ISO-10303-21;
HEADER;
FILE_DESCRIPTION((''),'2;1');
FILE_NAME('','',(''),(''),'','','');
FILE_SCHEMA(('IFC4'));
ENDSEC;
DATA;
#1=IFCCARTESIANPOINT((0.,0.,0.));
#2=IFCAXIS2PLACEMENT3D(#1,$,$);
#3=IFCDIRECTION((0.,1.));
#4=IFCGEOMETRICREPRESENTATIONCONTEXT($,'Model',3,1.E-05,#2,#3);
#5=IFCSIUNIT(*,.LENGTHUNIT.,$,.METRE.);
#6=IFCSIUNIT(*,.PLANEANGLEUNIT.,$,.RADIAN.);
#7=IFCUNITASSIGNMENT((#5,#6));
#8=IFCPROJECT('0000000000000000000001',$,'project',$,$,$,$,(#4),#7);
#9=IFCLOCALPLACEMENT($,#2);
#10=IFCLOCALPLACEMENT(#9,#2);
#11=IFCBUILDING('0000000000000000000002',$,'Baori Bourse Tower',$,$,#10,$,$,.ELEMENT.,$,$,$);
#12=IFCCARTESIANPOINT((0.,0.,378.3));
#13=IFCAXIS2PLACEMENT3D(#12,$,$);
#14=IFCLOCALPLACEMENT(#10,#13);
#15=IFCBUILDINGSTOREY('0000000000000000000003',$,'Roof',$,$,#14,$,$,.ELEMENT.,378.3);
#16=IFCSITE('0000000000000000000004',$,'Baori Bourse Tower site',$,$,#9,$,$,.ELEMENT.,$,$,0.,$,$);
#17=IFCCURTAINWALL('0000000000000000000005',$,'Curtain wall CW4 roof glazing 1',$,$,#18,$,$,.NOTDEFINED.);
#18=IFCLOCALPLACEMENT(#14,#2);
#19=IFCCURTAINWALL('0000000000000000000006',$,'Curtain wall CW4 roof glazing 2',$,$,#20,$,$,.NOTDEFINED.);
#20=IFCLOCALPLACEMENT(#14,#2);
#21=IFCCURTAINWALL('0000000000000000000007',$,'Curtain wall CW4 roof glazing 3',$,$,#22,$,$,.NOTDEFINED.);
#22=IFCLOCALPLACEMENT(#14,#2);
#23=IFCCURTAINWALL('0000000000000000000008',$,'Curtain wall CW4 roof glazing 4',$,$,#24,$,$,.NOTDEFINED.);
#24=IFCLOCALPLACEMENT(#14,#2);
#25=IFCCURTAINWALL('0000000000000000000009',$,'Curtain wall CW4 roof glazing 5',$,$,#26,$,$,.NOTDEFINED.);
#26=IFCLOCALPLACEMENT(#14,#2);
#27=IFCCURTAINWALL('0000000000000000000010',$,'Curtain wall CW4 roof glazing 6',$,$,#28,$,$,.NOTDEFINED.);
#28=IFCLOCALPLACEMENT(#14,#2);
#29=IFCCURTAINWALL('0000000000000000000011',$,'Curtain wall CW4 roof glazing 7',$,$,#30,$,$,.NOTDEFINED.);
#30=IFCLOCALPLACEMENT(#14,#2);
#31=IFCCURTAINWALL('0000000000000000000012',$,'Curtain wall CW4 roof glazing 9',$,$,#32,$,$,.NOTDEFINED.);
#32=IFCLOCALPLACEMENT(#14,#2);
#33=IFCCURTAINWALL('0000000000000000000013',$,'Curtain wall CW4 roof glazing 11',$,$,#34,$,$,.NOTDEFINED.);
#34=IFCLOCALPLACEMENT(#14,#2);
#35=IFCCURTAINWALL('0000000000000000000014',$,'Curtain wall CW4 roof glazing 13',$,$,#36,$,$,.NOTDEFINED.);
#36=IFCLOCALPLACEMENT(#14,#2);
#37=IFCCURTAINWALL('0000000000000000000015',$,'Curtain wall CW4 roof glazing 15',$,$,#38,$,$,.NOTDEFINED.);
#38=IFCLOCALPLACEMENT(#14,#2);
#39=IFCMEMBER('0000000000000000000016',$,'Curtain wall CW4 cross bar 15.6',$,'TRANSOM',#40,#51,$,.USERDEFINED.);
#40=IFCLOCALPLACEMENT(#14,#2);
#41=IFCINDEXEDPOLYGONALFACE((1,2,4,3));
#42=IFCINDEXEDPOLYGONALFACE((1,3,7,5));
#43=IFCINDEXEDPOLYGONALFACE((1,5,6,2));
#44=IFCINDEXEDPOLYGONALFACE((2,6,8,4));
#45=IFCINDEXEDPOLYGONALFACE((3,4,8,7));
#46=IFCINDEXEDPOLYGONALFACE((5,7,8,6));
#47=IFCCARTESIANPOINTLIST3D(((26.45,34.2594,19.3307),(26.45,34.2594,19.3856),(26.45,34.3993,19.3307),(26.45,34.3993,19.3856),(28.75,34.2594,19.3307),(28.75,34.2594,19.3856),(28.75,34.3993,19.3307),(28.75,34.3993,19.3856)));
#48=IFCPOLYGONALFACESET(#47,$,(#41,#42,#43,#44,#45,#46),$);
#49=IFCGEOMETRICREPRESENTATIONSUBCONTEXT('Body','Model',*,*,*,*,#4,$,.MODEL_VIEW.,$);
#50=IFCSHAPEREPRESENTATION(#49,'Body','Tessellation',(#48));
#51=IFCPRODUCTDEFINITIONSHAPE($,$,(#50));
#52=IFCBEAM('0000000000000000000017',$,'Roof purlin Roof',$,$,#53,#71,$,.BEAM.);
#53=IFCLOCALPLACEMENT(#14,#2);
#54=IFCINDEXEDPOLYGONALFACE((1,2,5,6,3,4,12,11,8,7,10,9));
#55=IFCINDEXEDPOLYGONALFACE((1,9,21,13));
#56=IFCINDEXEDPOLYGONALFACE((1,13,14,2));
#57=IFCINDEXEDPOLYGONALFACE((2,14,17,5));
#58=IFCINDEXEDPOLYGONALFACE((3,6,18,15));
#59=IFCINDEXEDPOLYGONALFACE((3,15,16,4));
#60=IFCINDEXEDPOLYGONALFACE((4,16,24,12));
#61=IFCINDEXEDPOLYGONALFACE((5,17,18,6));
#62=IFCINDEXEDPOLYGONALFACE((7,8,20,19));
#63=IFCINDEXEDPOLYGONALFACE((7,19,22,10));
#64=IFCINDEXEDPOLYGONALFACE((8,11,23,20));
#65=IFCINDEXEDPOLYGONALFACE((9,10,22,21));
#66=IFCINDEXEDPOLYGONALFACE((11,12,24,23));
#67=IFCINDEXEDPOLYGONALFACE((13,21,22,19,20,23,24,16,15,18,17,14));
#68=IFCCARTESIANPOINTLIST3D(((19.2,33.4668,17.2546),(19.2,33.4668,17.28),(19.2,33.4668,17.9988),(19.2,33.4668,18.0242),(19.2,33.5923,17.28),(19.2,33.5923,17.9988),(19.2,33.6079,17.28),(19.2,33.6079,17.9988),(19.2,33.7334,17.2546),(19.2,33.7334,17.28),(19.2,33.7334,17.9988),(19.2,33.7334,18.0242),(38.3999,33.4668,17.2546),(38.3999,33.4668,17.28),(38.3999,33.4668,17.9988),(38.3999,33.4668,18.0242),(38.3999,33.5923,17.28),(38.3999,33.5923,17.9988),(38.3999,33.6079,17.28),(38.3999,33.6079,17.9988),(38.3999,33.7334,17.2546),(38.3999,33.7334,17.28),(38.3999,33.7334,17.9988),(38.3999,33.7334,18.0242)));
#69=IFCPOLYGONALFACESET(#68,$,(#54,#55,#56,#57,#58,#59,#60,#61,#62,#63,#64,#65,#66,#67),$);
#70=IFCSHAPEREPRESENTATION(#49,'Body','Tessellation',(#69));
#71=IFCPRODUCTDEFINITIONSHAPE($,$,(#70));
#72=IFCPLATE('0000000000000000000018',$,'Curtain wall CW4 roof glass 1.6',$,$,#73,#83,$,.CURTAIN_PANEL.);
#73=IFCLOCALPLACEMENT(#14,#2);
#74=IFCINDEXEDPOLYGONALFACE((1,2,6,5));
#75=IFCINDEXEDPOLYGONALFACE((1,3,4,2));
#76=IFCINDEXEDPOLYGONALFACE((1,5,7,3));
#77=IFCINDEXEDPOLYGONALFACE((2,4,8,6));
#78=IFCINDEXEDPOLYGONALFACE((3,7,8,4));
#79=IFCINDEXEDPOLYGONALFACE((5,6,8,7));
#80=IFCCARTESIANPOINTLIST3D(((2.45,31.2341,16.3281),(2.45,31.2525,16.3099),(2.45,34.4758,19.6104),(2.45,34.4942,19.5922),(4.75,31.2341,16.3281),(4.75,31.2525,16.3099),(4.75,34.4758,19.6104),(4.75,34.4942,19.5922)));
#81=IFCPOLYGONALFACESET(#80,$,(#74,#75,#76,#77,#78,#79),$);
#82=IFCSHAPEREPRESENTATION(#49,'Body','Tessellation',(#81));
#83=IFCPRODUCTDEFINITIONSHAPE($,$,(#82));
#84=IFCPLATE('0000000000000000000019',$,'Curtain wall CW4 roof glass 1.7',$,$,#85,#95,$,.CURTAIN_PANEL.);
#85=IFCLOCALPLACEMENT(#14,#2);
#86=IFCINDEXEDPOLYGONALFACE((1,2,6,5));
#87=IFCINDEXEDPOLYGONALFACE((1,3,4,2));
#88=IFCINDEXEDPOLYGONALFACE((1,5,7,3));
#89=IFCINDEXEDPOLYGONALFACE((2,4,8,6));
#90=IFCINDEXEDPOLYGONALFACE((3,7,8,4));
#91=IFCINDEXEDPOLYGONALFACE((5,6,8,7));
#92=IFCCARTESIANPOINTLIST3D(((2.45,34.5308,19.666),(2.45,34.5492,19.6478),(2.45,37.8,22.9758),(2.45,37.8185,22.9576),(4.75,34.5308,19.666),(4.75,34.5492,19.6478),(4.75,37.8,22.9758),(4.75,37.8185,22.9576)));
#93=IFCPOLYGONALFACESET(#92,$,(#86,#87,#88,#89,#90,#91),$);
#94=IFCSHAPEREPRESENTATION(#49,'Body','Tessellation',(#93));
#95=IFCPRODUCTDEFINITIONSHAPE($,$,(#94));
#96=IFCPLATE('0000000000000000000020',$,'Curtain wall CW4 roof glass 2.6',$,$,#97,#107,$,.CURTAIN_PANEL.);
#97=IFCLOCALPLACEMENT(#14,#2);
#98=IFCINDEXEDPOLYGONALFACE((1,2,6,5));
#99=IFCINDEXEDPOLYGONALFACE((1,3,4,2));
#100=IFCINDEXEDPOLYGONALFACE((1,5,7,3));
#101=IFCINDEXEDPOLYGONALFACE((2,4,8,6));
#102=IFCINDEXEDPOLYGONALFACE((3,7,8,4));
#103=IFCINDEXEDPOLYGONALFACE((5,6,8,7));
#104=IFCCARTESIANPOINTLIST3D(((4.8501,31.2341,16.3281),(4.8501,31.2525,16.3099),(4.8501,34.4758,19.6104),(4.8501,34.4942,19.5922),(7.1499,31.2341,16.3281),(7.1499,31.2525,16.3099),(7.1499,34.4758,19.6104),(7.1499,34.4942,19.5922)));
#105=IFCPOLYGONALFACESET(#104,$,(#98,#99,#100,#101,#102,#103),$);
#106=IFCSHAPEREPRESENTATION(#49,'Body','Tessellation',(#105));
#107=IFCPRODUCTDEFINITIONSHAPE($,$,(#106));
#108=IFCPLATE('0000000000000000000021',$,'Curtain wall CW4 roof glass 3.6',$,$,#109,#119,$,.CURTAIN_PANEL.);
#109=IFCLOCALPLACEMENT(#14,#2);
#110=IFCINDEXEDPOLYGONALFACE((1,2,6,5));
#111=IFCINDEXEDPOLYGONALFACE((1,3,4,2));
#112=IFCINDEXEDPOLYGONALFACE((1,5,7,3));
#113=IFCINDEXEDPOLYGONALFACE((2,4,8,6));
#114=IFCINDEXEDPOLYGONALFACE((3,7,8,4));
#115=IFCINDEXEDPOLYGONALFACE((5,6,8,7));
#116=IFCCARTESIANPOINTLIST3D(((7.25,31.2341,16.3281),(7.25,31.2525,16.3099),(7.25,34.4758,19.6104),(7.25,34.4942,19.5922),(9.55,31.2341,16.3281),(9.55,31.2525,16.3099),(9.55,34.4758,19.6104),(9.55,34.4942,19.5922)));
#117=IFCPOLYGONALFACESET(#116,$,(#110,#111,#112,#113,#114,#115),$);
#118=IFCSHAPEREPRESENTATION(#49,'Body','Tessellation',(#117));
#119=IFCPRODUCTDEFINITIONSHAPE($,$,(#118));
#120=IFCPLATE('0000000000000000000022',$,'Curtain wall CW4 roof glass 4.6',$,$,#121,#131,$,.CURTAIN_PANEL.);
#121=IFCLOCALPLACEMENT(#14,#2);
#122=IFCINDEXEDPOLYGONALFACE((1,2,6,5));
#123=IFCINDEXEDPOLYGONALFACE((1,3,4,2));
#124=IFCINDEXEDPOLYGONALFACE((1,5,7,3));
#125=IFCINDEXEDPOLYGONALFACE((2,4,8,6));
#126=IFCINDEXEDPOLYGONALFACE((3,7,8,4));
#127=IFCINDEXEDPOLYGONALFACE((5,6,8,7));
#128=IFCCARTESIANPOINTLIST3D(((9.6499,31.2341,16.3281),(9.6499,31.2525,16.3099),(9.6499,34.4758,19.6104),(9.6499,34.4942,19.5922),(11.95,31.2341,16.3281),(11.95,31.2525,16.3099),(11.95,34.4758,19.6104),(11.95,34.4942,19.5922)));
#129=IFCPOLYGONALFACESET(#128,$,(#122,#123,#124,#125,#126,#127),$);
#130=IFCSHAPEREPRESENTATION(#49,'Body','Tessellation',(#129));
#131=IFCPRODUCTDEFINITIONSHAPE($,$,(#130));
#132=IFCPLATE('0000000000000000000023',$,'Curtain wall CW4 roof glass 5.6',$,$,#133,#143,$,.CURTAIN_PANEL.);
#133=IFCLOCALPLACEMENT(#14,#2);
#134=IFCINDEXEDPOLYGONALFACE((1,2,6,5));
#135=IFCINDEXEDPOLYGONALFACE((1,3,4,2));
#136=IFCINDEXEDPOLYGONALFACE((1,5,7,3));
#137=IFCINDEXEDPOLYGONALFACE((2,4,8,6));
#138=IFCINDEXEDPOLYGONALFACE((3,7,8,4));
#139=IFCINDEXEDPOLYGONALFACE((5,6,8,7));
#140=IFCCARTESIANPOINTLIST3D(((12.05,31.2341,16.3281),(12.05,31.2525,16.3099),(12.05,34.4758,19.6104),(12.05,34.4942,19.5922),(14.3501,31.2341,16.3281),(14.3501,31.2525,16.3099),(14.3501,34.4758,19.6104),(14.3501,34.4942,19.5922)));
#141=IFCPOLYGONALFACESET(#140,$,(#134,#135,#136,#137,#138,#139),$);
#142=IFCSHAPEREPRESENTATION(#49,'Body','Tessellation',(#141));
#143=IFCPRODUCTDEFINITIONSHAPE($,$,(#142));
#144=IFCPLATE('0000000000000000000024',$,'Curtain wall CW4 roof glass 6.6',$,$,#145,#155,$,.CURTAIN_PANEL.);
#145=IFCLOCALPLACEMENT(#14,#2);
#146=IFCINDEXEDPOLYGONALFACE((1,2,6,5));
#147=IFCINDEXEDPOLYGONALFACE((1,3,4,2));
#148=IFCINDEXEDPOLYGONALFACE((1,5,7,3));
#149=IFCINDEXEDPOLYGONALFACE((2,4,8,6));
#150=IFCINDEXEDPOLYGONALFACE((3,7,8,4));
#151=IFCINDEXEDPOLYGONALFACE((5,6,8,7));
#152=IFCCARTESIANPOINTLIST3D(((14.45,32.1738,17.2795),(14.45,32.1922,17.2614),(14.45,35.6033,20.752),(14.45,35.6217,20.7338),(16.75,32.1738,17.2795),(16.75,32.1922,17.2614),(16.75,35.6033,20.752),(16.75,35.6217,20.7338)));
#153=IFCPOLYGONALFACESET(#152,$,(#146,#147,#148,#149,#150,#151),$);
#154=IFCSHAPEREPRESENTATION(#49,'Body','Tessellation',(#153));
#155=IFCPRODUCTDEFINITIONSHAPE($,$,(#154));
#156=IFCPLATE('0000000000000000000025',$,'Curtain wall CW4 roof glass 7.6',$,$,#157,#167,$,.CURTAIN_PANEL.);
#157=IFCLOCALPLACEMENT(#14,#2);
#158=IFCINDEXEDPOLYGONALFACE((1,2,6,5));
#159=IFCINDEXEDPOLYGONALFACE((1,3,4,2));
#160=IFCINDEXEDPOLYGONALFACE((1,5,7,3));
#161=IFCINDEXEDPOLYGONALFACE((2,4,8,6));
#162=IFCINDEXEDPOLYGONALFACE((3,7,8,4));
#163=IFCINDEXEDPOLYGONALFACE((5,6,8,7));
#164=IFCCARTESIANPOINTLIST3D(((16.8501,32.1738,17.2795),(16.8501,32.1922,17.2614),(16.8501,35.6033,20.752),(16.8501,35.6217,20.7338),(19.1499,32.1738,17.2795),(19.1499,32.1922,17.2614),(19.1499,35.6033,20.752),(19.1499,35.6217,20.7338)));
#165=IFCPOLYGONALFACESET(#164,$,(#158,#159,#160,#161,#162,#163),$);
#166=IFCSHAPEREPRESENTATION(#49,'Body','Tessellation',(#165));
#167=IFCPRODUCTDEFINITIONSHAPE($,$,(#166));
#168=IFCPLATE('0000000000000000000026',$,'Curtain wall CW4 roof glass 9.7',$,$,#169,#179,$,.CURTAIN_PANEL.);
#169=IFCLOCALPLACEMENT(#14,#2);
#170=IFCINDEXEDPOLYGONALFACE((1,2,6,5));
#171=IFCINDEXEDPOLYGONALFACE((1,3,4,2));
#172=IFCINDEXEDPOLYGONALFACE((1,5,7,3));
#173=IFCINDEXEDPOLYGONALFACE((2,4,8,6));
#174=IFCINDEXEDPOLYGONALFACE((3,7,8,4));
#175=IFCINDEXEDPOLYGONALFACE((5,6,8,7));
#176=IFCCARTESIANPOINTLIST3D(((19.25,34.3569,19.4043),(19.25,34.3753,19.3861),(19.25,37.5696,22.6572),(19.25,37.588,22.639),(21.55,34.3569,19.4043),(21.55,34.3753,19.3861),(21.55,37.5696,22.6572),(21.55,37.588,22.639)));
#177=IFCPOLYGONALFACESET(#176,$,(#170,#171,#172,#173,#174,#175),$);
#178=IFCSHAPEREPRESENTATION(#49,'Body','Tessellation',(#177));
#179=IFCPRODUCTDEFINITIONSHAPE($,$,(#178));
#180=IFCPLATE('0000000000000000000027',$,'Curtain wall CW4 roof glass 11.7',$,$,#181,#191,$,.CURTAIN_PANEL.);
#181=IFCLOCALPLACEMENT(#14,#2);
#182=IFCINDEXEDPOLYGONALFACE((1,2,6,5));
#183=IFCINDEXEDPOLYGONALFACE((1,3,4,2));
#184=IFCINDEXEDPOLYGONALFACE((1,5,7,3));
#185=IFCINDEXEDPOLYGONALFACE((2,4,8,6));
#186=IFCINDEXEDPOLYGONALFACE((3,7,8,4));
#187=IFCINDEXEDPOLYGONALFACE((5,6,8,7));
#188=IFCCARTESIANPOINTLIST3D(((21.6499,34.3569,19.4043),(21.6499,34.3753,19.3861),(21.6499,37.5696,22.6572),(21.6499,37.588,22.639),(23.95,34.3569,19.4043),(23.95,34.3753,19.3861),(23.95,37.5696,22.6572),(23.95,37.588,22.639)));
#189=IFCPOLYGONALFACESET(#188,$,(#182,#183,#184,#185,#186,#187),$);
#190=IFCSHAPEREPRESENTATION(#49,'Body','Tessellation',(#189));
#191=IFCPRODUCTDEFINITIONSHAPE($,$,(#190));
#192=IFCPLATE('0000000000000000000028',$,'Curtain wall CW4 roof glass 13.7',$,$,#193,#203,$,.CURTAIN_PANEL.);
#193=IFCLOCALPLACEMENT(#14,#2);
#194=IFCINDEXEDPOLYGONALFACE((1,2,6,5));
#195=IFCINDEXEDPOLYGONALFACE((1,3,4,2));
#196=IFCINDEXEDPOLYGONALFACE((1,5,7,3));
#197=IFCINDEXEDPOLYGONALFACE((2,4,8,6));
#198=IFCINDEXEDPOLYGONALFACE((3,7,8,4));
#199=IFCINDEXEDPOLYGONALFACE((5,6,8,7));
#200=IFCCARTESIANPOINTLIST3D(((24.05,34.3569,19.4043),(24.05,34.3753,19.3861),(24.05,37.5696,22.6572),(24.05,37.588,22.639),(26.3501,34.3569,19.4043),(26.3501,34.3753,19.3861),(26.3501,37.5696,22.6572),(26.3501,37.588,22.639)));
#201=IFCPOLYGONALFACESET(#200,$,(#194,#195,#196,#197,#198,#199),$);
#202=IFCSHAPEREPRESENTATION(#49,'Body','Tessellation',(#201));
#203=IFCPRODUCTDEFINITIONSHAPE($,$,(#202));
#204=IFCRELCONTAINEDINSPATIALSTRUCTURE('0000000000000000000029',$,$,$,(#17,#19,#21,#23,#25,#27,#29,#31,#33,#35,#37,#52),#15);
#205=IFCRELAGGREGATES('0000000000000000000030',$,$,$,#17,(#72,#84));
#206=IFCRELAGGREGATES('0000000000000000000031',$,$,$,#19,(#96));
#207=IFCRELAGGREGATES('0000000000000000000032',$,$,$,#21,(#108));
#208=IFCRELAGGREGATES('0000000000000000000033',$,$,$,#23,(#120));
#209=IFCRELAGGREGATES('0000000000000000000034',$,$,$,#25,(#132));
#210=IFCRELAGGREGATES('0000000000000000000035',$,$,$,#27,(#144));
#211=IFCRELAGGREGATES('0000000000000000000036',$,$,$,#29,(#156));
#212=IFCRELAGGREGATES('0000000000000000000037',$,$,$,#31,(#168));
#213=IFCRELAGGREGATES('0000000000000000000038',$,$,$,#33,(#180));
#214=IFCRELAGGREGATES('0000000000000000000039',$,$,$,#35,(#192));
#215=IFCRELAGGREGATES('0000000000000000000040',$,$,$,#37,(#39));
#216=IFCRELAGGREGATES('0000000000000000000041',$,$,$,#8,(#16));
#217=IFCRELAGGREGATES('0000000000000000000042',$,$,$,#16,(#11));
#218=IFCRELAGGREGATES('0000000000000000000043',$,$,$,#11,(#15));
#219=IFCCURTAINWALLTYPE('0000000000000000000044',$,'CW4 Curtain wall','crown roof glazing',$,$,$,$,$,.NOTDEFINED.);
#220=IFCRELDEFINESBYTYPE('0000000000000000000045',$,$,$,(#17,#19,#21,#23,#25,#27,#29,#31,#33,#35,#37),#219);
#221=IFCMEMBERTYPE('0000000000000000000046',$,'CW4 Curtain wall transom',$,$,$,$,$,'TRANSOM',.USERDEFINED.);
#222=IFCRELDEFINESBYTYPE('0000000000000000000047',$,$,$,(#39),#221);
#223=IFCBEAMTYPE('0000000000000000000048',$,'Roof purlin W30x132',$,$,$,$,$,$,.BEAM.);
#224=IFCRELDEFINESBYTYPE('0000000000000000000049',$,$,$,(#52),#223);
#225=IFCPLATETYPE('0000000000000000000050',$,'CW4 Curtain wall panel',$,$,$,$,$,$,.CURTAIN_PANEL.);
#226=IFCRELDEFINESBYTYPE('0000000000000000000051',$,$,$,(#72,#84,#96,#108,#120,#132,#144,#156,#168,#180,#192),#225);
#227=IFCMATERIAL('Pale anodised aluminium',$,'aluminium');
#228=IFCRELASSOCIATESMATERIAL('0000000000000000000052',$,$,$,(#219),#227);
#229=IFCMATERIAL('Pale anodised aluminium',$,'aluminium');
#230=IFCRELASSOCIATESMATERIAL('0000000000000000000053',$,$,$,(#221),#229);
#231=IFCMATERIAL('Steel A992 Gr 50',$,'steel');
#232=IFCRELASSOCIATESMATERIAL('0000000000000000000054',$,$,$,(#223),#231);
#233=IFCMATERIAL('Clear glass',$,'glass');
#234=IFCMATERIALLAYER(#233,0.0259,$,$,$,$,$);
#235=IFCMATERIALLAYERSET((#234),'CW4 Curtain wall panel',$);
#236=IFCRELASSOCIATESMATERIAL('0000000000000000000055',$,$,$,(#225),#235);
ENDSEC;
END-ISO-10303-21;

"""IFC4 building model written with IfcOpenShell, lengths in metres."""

from ifc_helpers import new_model, si_unit, direction, frame, origin, origin_2d, place, context, subcontext, project, spatial, polyline, rectangle, i_section, outline, extrude, material, layer, layer_set, material_profile, profile_set, type_object, element, aggregate, save


model = new_model("IFC4")

# Units and contexts
model_context = context("Model", 3, precision=1e-05, world=origin(), true_north=direction((0.0, 1.0)))
body_context = subcontext(model_context, "Body", "Model", "MODEL_VIEW")
ifc_project = project(units=[si_unit("LENGTHUNIT", "METRE"), si_unit("PLANEANGLEUNIT", "RADIAN")], contexts=[model_context])

# Site, building, storey
site_placement = place(None, origin())
site = spatial("IfcSite", under=ifc_project, at=site_placement, Name="Baori Bourse Tower site", CompositionType="ELEMENT", RefElevation=0.0)
building_placement = place(site_placement, origin())
building = spatial("IfcBuilding", under=site, at=building_placement, Name="Baori Bourse Tower", CompositionType="ELEMENT")
storey_placement = place(building_placement, frame((0.0, 0.0, 378.3)))
storey = spatial("IfcBuildingStorey", under=building, at=storey_placement, Name="Roof", CompositionType="ELEMENT", Elevation=378.3)

# Curtain walls
ifc_material_1 = material(Name="Pale anodised aluminium", Category="aluminium")
curtain_wall_type = type_object("IfcCurtainWallType", Name="CW4 Curtain wall", Description="crown roof glazing", PredefinedType="NOTDEFINED", material=ifc_material_1)
curtain_wall_1_placement = place(storey_placement, origin())
curtain_wall_1 = element("IfcCurtainWall", 1, at=curtain_wall_1_placement, inside=storey, type_object=curtain_wall_type, Name="Curtain wall CW4 roof glazing 1", PredefinedType="NOTDEFINED")
ifc_material_2 = material(Name="Pale anodised aluminium", Category="aluminium")
ifc_material_profile_1 = material_profile(ifc_material_2, rectangle(XDim=0.1399, YDim=0.0549, at=origin_2d()), Name="Transom 55x140")
ifc_profile_set_1 = profile_set([ifc_material_profile_1], Name="Pale anodised aluminium")
member_type = type_object("IfcMemberType", Name="CW4 Curtain wall transom", ElementType="TRANSOM", PredefinedType="USERDEFINED", material=ifc_profile_set_1)
curtain_wall_2_placement = place(storey_placement, origin())
curtain_wall_2 = element("IfcCurtainWall", 2, at=curtain_wall_2_placement, inside=storey, type_object=curtain_wall_type, Name="Curtain wall CW4 roof glazing 2", PredefinedType="NOTDEFINED")
curtain_wall_3_placement = place(storey_placement, origin())
curtain_wall_3 = element("IfcCurtainWall", 3, at=curtain_wall_3_placement, inside=storey, type_object=curtain_wall_type, Name="Curtain wall CW4 roof glazing 3", PredefinedType="NOTDEFINED")
curtain_wall_4_placement = place(storey_placement, origin())
curtain_wall_4 = element("IfcCurtainWall", 4, at=curtain_wall_4_placement, inside=storey, type_object=curtain_wall_type, Name="Curtain wall CW4 roof glazing 4", PredefinedType="NOTDEFINED")
curtain_wall_5_placement = place(storey_placement, origin())
curtain_wall_5 = element("IfcCurtainWall", 5, at=curtain_wall_5_placement, inside=storey, type_object=curtain_wall_type, Name="Curtain wall CW4 roof glazing 5", PredefinedType="NOTDEFINED")

# Curtain walls, member
curtain_wall_6_placement = place(storey_placement, origin())
curtain_wall_6 = element("IfcCurtainWall", 6, at=curtain_wall_6_placement, inside=storey, type_object=curtain_wall_type, Name="Curtain wall CW4 roof glazing 6", PredefinedType="NOTDEFINED")
curtain_wall_7_placement = place(storey_placement, origin())
curtain_wall_7 = element("IfcCurtainWall", 7, at=curtain_wall_7_placement, inside=storey, type_object=curtain_wall_type, Name="Curtain wall CW4 roof glazing 7", PredefinedType="NOTDEFINED")
curtain_wall_8_placement = place(storey_placement, origin())
curtain_wall_8 = element("IfcCurtainWall", 8, at=curtain_wall_8_placement, inside=storey, type_object=curtain_wall_type, Name="Curtain wall CW4 roof glazing 9", PredefinedType="NOTDEFINED")
curtain_wall_9_placement = place(storey_placement, origin())
curtain_wall_9 = element("IfcCurtainWall", 9, at=curtain_wall_9_placement, inside=storey, type_object=curtain_wall_type, Name="Curtain wall CW4 roof glazing 11", PredefinedType="NOTDEFINED")
curtain_wall_10_placement = place(storey_placement, origin())
curtain_wall_10 = element("IfcCurtainWall", 10, at=curtain_wall_10_placement, inside=storey, type_object=curtain_wall_type, Name="Curtain wall CW4 roof glazing 13", PredefinedType="NOTDEFINED")
curtain_wall_11_placement = place(storey_placement, origin())
curtain_wall_11 = element("IfcCurtainWall", 11, at=curtain_wall_11_placement, inside=storey, type_object=curtain_wall_type, Name="Curtain wall CW4 roof glazing 15", PredefinedType="NOTDEFINED")
member_1_placement = place(storey_placement, frame((26.45, 34.3293, 19.3582), z_axis=(1.0, 0.0, 0.0), x_axis=(0.0, 1.0, 0.0)))
member_1 = element("IfcMember", 12, at=member_1_placement, type_object=member_type, Name="Curtain wall CW4 cross bar 15.6", ObjectType="TRANSOM", PredefinedType="USERDEFINED", context=body_context, shape_type="SweptSolid", body=[
    extrude(rectangle(XDim=0.1399, YDim=0.0549, at=origin_2d()), origin(), (0.0, 0.0, 1.0), 2.3),
])

# Beam
ifc_material_3 = material(Name="Steel A992 Gr 50", Category="steel")
ifc_material_profile_2 = material_profile(ifc_material_3, i_section(OverallWidth=0.2666, OverallDepth=0.7695, WebThickness=0.0156, FlangeThickness=0.0254, at=origin_2d()), Name="W30x132")
ifc_profile_set_2 = profile_set([ifc_material_profile_2], Name="Steel A992 Gr 50")
beam_type = type_object("IfcBeamType", Name="Roof purlin W30x132", PredefinedType="BEAM", material=ifc_profile_set_2)
beam_placement = place(storey_placement, frame((19.2, 33.6001, 17.6394), z_axis=(1.0, 0.0, 0.0), x_axis=(0.0, 1.0, 0.0)))
element("IfcBeam", 13, at=beam_placement, inside=storey, type_object=beam_type, Name="Roof purlin Roof", PredefinedType="BEAM", context=body_context, shape_type="SweptSolid", body=[
    extrude(i_section(OverallWidth=0.2666, OverallDepth=0.7695, WebThickness=0.0156, FlangeThickness=0.0254, at=origin_2d()), origin(), (0.0, 0.0, 1.0), 19.2),
])

# Plates
ifc_material_4 = material(Name="Clear glass", Category="glass")
ifc_layer_1 = layer(ifc_material_4, 0.0259)
ifc_layer_set_1 = layer_set([ifc_layer_1], Name="CW4 Curtain wall panel")
plate_type_1 = type_object("IfcPlateType", Name="CW4 Curtain wall panel", PredefinedType="CURTAIN_PANEL", material=ifc_layer_set_1)
plate_1_placement = place(storey_placement, frame((2.45, 31.2341, 16.3281), z_axis=(0.0, -0.711486, 0.702701), x_axis=(1.0, 0.0, 0.0)))
plate_1 = element("IfcPlate", 14, at=plate_1_placement, type_object=plate_type_1, Name="Curtain wall CW4 roof glass 1.6", PredefinedType="CURTAIN_PANEL", context=body_context, shape_type="SweptSolid", body=[
    extrude(outline(polyline([(0.0, 0.0), (2.3, 0.0), (2.3, 4.6132), (0.0, 4.6132), (0.0, 0.0)])), origin(), (0.0, 0.0, -1.0), 0.0259),
])
plate_2_placement = place(storey_placement, frame((2.45, 34.5308, 19.666), z_axis=(0.0, -0.711449, 0.702738), x_axis=(1.0, 0.0, 0.0)))
plate_2 = element("IfcPlate", 15, at=plate_2_placement, type_object=plate_type_1, Name="Curtain wall CW4 roof glass 1.7", PredefinedType="CURTAIN_PANEL", context=body_context, shape_type="SweptSolid", body=[
    extrude(outline(polyline([(0.0, 0.0), (2.3, 0.0), (2.3, 4.6522), (0.0, 4.6522), (0.0, 0.0)])), origin(), (0.0, 0.0, -1.0), 0.0259),
])
aggregate(curtain_wall_1, [plate_1, plate_2])
plate_3_placement = place(storey_placement, frame((4.8501, 31.2341, 16.3281), z_axis=(0.0, -0.711486, 0.702701), x_axis=(1.0, 0.0, 0.0)))
plate_3 = element("IfcPlate", 16, at=plate_3_placement, type_object=plate_type_1, Name="Curtain wall CW4 roof glass 2.6", PredefinedType="CURTAIN_PANEL", context=body_context, shape_type="SweptSolid", body=[
    extrude(outline(polyline([(0.0, 0.0), (2.2998, 0.0), (2.2998, 4.6132), (0.0, 4.6132), (0.0, 0.0)])), origin(), (0.0, 0.0, -1.0), 0.0259),
])
aggregate(curtain_wall_2, [plate_3])
plate_4_placement = place(storey_placement, frame((7.25, 31.2341, 16.3281), z_axis=(0.0, -0.711486, 0.702701), x_axis=(1.0, 0.0, 0.0)))
plate_4 = element("IfcPlate", 17, at=plate_4_placement, type_object=plate_type_1, Name="Curtain wall CW4 roof glass 3.6", PredefinedType="CURTAIN_PANEL", context=body_context, shape_type="SweptSolid", body=[
    extrude(outline(polyline([(0.0, 0.0), (2.3, 0.0), (2.3, 4.6132), (0.0, 4.6132), (0.0, 0.0)])), origin(), (0.0, 0.0, -1.0), 0.0259),
])
aggregate(curtain_wall_3, [plate_4])
plate_5_placement = place(storey_placement, frame((9.6499, 31.2341, 16.3281), z_axis=(0.0, -0.711486, 0.702701), x_axis=(1.0, 0.0, 0.0)))
plate_5 = element("IfcPlate", 18, at=plate_5_placement, type_object=plate_type_1, Name="Curtain wall CW4 roof glass 4.6", PredefinedType="CURTAIN_PANEL", context=body_context, shape_type="SweptSolid", body=[
    extrude(outline(polyline([(0.0, 0.0), (2.3, 0.0), (2.3, 4.6132), (0.0, 4.6132), (0.0, 0.0)])), origin(), (0.0, 0.0, -1.0), 0.0259),
])
aggregate(curtain_wall_4, [plate_5])
plate_6_placement = place(storey_placement, frame((12.05, 31.2341, 16.3281), z_axis=(0.0, -0.711486, 0.702701), x_axis=(1.0, 0.0, 0.0)))
plate_6 = element("IfcPlate", 19, at=plate_6_placement, type_object=plate_type_1, Name="Curtain wall CW4 roof glass 5.6", PredefinedType="CURTAIN_PANEL", context=body_context, shape_type="SweptSolid", body=[
    extrude(outline(polyline([(0.0, 0.0), (2.3, 0.0), (2.3, 4.6132), (0.0, 4.6132), (0.0, 0.0)])), origin(), (0.0, 0.0, -1.0), 0.0259),
])
aggregate(curtain_wall_5, [plate_6])
plate_7_placement = place(storey_placement, frame((14.45, 32.1738, 17.2795), z_axis=(0.0, -0.711495, 0.702691), x_axis=(1.0, 0.0, 0.0)))
plate_7 = element("IfcPlate", 20, at=plate_7_placement, type_object=plate_type_1, Name="Curtain wall CW4 roof glass 6.6", PredefinedType="CURTAIN_PANEL", context=body_context, shape_type="SweptSolid", body=[
    extrude(outline(polyline([(0.0, 0.0), (2.3, 0.0), (2.3, 4.8804), (0.0, 4.8804), (0.0, 0.0)])), origin(), (0.0, 0.0, -1.0), 0.0259),
])
aggregate(curtain_wall_6, [plate_7])
plate_8_placement = place(storey_placement, frame((16.8501, 32.1738, 17.2795), z_axis=(0.0, -0.711495, 0.702691), x_axis=(1.0, 0.0, 0.0)))
plate_8 = element("IfcPlate", 21, at=plate_8_placement, type_object=plate_type_1, Name="Curtain wall CW4 roof glass 7.6", PredefinedType="CURTAIN_PANEL", context=body_context, shape_type="SweptSolid", body=[
    extrude(outline(polyline([(0.0, 0.0), (2.2998, 0.0), (2.2998, 4.8804), (0.0, 4.8804), (0.0, 0.0)])), origin(), (0.0, 0.0, -1.0), 0.0259),
])
aggregate(curtain_wall_7, [plate_8])
plate_9_placement = place(storey_placement, frame((19.25, 34.3569, 19.4043), z_axis=(0.0, -0.711499, 0.702688), x_axis=(1.0, 0.0, 0.0)))
plate_9 = element("IfcPlate", 22, at=plate_9_placement, type_object=plate_type_1, Name="Curtain wall CW4 roof glass 9.7", PredefinedType="CURTAIN_PANEL", context=body_context, shape_type="SweptSolid", body=[
    extrude(outline(polyline([(0.0, 0.0), (2.3, 0.0), (2.3, 4.5719), (0.0, 4.5719), (0.0, 0.0)])), origin(), (0.0, 0.0, -1.0), 0.0259),
])
aggregate(curtain_wall_8, [plate_9])
plate_10_placement = place(storey_placement, frame((21.6499, 34.3569, 19.4043), z_axis=(0.0, -0.711499, 0.702688), x_axis=(1.0, 0.0, 0.0)))
plate_10 = element("IfcPlate", 23, at=plate_10_placement, type_object=plate_type_1, Name="Curtain wall CW4 roof glass 11.7", PredefinedType="CURTAIN_PANEL", context=body_context, shape_type="SweptSolid", body=[
    extrude(outline(polyline([(0.0, 0.0), (2.3, 0.0), (2.3, 4.5719), (0.0, 4.5719), (0.0, 0.0)])), origin(), (0.0, 0.0, -1.0), 0.0259),
])
aggregate(curtain_wall_9, [plate_10])
plate_11_placement = place(storey_placement, frame((24.05, 34.3569, 19.4043), z_axis=(0.0, -0.711499, 0.702688), x_axis=(1.0, 0.0, 0.0)))
plate_11 = element("IfcPlate", 24, at=plate_11_placement, type_object=plate_type_1, Name="Curtain wall CW4 roof glass 13.7", PredefinedType="CURTAIN_PANEL", context=body_context, shape_type="SweptSolid", body=[
    extrude(outline(polyline([(0.0, 0.0), (2.3, 0.0), (2.3, 4.5719), (0.0, 4.5719), (0.0, 0.0)])), origin(), (0.0, 0.0, -1.0), 0.0259),
])
aggregate(curtain_wall_10, [plate_11])
aggregate(curtain_wall_11, [member_1])

save(model, "model.ifc")
